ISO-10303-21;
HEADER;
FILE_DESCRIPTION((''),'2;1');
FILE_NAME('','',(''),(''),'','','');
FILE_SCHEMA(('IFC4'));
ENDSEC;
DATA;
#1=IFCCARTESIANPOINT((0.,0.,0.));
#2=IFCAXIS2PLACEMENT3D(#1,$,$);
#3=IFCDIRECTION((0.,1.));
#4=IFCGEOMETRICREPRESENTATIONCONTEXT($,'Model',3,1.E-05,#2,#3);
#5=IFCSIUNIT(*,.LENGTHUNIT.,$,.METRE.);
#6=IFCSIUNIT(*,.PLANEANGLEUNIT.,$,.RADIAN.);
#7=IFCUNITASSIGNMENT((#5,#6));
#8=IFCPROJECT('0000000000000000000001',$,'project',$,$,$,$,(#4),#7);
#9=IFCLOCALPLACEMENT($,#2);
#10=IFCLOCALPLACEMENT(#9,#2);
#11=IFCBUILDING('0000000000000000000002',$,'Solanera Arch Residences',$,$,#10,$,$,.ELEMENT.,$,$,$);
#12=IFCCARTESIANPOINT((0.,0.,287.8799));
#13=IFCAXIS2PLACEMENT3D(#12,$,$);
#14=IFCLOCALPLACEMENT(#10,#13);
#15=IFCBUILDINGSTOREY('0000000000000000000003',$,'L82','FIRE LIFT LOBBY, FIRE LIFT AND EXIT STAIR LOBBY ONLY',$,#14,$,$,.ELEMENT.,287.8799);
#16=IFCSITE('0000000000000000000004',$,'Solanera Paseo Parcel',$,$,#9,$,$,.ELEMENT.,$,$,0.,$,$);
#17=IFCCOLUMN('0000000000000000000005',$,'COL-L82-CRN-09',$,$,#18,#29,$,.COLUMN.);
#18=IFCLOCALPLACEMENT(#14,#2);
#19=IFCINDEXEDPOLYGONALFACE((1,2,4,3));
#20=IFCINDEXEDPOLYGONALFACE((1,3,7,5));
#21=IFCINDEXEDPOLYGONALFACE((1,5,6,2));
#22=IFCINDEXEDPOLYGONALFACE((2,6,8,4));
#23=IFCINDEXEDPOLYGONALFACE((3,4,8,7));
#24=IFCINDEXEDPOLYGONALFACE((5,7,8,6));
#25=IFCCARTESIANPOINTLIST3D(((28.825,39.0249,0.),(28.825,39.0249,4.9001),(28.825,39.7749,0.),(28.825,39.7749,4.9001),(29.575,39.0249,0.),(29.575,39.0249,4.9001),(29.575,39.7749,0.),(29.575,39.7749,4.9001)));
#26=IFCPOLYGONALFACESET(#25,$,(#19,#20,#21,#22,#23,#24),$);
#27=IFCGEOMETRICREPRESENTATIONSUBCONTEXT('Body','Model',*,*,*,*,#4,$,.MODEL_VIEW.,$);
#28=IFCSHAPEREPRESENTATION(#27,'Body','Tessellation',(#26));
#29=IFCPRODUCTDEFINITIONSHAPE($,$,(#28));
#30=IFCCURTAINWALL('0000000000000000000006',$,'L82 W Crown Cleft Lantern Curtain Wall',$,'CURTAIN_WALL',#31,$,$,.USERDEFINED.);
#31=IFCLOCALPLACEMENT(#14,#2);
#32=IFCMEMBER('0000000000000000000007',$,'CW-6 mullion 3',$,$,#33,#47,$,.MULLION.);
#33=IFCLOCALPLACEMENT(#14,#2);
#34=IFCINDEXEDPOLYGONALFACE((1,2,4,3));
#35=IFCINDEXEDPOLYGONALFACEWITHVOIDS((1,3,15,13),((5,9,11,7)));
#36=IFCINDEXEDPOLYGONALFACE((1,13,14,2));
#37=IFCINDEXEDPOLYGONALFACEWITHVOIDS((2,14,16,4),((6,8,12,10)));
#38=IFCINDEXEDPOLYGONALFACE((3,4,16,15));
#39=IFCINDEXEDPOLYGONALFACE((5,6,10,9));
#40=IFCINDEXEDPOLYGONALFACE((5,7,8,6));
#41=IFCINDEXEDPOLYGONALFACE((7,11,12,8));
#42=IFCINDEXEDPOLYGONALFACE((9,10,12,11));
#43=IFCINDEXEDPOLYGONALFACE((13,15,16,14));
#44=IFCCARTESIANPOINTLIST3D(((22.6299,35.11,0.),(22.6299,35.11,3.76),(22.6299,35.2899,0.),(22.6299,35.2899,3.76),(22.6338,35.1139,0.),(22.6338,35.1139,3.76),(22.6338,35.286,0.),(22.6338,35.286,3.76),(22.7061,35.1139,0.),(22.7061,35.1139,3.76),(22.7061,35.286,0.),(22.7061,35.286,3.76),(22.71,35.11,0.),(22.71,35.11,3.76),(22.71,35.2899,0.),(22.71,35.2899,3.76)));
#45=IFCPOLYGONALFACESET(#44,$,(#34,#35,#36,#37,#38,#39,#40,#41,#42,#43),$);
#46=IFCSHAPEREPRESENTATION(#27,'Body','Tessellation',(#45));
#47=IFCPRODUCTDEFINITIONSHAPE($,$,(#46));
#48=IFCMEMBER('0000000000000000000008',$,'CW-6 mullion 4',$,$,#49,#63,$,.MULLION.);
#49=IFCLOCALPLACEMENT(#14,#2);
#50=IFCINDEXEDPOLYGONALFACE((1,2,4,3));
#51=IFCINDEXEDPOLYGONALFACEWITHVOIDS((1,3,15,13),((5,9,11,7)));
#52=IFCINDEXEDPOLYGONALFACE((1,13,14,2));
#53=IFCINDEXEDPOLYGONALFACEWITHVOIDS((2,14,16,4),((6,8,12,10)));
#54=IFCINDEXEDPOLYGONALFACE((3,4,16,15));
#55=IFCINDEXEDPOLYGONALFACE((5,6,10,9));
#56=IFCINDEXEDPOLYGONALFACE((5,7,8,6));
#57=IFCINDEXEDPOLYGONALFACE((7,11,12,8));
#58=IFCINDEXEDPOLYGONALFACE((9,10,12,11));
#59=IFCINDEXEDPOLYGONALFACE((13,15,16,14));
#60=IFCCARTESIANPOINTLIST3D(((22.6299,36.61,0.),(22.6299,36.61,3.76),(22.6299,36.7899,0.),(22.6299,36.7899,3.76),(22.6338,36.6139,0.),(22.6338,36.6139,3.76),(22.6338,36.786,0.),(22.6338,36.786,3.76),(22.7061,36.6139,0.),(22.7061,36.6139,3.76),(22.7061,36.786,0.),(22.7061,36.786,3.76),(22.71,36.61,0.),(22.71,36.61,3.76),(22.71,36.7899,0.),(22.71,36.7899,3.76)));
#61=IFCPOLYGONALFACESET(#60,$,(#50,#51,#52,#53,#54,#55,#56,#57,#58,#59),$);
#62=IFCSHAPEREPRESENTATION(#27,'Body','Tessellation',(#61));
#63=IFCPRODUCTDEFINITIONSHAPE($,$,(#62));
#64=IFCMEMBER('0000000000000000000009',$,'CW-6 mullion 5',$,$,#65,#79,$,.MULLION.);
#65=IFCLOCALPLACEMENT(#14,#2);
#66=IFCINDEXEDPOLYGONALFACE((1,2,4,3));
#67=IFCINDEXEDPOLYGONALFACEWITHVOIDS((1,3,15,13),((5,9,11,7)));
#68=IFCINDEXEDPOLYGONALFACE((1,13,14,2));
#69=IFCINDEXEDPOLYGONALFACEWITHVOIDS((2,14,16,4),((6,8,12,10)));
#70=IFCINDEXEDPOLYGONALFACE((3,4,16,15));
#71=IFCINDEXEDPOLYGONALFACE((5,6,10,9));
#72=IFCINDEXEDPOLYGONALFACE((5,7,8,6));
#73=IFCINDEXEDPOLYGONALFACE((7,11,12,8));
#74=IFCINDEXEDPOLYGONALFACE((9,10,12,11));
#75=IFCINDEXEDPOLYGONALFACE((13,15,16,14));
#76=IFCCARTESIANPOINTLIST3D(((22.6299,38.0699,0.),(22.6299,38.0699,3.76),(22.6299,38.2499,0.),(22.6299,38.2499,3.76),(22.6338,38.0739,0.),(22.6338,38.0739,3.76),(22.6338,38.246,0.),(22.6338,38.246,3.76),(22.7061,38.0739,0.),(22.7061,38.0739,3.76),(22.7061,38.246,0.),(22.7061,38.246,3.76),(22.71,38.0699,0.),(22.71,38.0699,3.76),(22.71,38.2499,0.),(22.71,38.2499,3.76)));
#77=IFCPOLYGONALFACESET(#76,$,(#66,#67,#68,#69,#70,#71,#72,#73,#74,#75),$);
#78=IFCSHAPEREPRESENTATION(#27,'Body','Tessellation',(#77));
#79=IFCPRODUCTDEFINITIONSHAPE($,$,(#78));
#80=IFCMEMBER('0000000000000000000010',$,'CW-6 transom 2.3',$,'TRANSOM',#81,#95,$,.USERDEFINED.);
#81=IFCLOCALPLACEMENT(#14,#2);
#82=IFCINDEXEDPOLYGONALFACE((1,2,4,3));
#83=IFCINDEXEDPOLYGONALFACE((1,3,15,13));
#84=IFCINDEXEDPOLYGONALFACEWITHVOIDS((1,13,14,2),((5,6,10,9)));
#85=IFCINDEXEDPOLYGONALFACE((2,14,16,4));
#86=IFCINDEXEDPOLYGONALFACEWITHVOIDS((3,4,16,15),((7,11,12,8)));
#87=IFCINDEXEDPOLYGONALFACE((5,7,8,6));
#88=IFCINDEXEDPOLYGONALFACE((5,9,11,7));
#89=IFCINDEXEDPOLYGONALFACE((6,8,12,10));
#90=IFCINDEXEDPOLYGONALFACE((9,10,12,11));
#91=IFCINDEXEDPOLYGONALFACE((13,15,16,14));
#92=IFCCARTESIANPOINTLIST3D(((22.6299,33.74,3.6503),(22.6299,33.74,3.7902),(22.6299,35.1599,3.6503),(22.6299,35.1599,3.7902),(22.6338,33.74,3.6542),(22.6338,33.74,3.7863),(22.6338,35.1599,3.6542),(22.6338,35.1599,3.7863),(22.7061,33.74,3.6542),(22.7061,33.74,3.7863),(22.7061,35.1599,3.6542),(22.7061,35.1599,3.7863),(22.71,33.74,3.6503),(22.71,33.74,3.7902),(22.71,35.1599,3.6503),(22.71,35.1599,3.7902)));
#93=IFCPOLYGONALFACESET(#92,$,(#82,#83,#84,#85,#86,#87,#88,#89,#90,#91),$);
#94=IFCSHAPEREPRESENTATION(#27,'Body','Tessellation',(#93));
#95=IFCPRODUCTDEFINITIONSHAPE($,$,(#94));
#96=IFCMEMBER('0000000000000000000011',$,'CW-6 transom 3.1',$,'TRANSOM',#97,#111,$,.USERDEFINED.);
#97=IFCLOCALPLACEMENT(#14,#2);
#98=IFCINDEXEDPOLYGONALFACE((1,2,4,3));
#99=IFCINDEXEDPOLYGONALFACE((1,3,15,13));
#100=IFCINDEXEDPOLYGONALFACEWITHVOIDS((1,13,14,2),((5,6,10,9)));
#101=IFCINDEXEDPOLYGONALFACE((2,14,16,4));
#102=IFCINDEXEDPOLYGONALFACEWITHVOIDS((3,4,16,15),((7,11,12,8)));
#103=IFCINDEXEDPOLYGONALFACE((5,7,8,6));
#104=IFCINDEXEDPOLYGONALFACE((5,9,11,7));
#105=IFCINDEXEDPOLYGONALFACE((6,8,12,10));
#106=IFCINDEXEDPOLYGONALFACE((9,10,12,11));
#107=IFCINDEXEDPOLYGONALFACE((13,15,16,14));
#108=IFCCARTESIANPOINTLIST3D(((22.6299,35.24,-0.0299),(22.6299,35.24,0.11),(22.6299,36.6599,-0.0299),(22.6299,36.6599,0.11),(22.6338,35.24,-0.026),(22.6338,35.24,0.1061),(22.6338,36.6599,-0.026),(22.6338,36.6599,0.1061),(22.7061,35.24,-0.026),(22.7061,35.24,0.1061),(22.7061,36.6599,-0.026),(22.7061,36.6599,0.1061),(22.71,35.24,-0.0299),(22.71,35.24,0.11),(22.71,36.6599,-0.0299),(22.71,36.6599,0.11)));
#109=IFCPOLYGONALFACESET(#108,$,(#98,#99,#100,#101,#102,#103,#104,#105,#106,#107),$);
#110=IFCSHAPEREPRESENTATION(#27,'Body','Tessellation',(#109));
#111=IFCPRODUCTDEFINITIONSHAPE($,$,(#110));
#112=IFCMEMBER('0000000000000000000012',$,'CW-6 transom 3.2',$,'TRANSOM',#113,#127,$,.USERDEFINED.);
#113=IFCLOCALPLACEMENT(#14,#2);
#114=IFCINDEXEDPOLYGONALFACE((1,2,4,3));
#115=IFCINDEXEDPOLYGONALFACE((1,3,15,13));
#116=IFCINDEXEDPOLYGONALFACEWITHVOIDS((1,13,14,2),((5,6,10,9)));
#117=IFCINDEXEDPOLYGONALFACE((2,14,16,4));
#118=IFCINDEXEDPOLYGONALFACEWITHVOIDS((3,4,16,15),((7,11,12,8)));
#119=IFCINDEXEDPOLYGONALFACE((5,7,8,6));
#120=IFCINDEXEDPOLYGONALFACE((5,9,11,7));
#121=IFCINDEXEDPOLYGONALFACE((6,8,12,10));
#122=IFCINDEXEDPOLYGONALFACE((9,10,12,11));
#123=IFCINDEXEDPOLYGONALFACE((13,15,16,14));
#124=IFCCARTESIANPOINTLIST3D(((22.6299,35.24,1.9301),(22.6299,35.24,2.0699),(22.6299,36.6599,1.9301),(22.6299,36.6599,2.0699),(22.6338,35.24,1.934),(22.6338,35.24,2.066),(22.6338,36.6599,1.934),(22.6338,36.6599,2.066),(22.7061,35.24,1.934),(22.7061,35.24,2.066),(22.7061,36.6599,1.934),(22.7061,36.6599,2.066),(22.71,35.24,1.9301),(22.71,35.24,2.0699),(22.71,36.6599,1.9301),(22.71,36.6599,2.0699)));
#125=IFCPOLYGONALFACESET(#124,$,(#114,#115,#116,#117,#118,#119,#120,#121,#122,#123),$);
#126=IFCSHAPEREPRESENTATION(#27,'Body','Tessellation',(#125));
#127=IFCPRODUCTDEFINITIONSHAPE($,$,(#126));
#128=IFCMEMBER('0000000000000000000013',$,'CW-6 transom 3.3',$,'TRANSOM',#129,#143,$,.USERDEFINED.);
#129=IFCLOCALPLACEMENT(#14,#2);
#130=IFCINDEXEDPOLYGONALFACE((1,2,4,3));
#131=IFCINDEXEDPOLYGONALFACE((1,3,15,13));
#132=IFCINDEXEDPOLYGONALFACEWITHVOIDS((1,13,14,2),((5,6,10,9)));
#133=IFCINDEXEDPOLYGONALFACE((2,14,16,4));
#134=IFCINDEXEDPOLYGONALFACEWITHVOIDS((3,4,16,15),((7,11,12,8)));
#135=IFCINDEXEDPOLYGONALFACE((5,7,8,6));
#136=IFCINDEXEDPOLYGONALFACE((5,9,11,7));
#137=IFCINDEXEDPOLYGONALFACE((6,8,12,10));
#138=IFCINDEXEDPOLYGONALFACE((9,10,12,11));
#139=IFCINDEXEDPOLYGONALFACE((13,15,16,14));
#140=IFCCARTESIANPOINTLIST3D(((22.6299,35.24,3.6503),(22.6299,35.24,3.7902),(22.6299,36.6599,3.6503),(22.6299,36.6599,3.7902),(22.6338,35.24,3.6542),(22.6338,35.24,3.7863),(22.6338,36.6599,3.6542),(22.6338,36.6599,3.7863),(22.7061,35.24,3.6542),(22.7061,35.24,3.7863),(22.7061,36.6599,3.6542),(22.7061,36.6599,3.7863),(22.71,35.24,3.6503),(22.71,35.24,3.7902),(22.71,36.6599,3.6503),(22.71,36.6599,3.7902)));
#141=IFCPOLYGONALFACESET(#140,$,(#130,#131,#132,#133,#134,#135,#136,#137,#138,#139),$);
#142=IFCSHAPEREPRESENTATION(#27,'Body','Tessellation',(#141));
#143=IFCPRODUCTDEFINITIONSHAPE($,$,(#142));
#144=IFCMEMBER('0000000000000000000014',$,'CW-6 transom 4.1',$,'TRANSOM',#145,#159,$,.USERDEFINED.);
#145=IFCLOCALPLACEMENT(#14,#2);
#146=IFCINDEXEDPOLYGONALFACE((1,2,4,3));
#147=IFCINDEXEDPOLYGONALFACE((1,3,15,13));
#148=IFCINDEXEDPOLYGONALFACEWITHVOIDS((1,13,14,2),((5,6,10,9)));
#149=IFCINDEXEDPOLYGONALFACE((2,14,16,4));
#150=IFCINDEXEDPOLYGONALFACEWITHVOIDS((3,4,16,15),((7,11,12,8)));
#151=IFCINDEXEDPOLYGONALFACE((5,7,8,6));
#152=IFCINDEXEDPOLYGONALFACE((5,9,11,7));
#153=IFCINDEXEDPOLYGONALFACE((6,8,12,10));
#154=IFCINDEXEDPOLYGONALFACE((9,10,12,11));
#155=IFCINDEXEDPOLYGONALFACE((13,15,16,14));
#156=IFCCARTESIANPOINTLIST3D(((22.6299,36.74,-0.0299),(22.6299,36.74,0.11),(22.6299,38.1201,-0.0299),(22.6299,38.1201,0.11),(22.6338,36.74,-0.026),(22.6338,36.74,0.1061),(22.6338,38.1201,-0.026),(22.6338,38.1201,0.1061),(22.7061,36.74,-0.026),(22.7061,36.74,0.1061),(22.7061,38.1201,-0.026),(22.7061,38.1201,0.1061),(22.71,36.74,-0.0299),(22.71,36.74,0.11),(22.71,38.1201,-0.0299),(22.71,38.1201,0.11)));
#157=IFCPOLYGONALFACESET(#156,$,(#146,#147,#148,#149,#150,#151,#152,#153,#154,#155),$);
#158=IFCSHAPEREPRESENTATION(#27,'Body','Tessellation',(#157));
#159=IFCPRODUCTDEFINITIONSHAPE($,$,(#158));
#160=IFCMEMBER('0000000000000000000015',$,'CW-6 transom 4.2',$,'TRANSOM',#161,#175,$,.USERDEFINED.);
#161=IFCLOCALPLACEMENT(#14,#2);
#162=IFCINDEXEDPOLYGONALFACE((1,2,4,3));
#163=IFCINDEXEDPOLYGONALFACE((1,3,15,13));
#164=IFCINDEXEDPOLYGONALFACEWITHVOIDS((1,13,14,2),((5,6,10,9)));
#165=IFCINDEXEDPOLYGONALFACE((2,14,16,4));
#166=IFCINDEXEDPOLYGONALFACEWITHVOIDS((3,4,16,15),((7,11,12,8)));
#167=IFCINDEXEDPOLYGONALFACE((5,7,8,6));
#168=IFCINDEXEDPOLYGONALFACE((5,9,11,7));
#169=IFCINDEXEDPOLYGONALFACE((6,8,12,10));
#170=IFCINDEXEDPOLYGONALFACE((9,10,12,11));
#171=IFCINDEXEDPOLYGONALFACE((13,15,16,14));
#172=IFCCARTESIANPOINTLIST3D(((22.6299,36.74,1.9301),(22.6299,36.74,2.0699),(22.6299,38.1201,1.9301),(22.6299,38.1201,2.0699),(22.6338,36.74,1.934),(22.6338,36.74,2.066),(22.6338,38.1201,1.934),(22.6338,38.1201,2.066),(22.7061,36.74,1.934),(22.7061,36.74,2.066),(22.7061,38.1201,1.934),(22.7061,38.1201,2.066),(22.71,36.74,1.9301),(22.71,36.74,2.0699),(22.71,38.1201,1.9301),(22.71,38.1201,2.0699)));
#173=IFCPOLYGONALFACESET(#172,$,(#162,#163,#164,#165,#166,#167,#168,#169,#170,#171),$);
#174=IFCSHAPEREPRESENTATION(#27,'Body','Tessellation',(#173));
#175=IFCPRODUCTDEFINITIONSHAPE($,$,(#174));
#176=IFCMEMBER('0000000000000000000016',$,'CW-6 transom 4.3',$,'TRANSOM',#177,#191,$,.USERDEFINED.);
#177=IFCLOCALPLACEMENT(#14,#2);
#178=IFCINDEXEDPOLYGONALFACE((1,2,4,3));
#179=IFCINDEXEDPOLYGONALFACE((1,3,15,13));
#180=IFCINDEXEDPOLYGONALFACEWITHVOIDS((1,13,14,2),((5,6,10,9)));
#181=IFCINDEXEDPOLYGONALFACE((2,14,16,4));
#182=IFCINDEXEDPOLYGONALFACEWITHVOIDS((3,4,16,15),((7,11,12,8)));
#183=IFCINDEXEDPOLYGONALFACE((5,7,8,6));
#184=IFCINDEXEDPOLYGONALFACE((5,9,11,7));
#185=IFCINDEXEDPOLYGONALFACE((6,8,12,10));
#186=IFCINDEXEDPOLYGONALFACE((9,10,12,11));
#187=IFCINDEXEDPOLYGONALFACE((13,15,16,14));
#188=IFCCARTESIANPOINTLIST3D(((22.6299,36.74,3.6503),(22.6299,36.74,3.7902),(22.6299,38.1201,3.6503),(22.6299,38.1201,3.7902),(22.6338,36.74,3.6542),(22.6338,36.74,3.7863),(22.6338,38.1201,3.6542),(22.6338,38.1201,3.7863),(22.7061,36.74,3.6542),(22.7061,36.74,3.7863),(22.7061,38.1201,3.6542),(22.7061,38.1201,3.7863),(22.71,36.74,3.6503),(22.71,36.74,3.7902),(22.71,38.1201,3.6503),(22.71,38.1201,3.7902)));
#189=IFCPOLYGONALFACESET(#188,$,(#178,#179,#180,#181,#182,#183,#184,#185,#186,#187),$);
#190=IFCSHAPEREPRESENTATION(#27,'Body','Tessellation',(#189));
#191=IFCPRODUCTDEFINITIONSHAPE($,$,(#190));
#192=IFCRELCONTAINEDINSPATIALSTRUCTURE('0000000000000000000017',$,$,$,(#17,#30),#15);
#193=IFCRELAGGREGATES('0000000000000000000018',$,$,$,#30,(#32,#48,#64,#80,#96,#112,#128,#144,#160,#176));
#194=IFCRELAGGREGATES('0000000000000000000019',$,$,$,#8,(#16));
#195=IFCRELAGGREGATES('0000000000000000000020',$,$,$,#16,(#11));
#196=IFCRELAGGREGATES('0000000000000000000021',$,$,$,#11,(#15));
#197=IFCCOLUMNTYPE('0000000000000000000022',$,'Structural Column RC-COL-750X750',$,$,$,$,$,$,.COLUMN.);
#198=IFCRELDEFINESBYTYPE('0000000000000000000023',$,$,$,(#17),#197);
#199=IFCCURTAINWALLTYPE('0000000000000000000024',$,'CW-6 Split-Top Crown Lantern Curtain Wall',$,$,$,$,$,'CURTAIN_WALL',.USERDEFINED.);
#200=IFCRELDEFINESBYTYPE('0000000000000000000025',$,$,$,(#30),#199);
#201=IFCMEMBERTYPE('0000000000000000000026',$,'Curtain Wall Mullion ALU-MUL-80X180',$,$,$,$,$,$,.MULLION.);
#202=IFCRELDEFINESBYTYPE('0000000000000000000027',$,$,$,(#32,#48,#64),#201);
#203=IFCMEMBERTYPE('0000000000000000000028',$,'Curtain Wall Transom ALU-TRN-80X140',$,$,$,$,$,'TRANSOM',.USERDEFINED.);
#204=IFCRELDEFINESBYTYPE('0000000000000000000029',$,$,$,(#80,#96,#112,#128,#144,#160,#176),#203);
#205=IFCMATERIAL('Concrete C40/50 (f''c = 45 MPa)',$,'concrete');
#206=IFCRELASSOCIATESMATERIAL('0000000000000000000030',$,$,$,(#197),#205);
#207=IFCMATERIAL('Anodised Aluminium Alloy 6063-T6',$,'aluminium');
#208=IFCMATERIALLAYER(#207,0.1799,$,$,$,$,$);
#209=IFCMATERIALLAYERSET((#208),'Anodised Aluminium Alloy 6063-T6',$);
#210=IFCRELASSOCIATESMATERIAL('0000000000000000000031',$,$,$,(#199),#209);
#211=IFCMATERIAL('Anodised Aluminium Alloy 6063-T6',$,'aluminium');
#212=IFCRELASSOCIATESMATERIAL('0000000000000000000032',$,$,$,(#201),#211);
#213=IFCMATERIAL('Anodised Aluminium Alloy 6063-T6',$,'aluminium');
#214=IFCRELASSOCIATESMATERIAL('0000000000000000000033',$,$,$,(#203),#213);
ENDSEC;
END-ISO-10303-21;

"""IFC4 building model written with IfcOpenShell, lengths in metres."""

from ifc_helpers import new_model, si_unit, direction, frame, origin, origin_2d, place, context, subcontext, project, spatial, rectangle, hollow_rectangle, extrude, material, layer, layer_set, material_profile, profile_set, type_object, element, aggregate, save


model = new_model("IFC4")

# Units and contexts
model_context = context("Model", 3, precision=1e-05, world=origin(), true_north=direction((0.0, 1.0)))
body_context = subcontext(model_context, "Body", "Model", "MODEL_VIEW")
ifc_project = project(units=[si_unit("LENGTHUNIT", "METRE"), si_unit("PLANEANGLEUNIT", "RADIAN")], contexts=[model_context])

# Site, building, storey
site_placement = place(None, origin())
site = spatial("IfcSite", under=ifc_project, at=site_placement, Name="Solanera Paseo Parcel", CompositionType="ELEMENT", RefElevation=0.0)
building_placement = place(site_placement, origin())
building = spatial("IfcBuilding", under=site, at=building_placement, Name="Solanera Arch Residences", CompositionType="ELEMENT")
storey_placement = place(building_placement, frame((0.0, 0.0, 287.8799)))
storey = spatial("IfcBuildingStorey", under=building, at=storey_placement, Name="L82", Description="FIRE LIFT LOBBY, FIRE LIFT AND EXIT STAIR LOBBY ONLY", CompositionType="ELEMENT", Elevation=287.8799)

# Column
ifc_material_1 = material(Name="Concrete C40/50 (f'c = 45 MPa)", Category="concrete")
ifc_material_profile_1 = material_profile(ifc_material_1, rectangle(XDim=0.75, YDim=0.75, at=origin_2d()))
ifc_profile_set_1 = profile_set([ifc_material_profile_1], Name="Concrete C40/50 (f'c = 45 MPa)")
column_type = type_object("IfcColumnType", Name="Structural Column RC-COL-750X750", PredefinedType="COLUMN", material=ifc_profile_set_1)
column_placement = place(storey_placement, frame((29.2, 39.3999, 0.0), z_axis=(0.0, 0.0, 1.0), x_axis=(1.0, 0.0, 0.0)))
element("IfcColumn", 1, at=column_placement, inside=storey, type_object=column_type, Name="COL-L82-CRN-09", PredefinedType="COLUMN", context=body_context, shape_type="SweptSolid", body=[
    extrude(rectangle(XDim=0.75, YDim=0.75, at=origin_2d()), origin(), (0.0, 0.0, 1.0), 4.9001),
])

# Curtain wall, members
ifc_material_2 = material(Name="Anodised Aluminium Alloy 6063-T6", Category="aluminium")
ifc_layer_1 = layer(ifc_material_2, 0.1799)
ifc_layer_set_1 = layer_set([ifc_layer_1], Name="Anodised Aluminium Alloy 6063-T6")
curtain_wall_type = type_object("IfcCurtainWallType", Name="CW-6 Split-Top Crown Lantern Curtain Wall", ElementType="CURTAIN_WALL", PredefinedType="USERDEFINED", material=ifc_layer_set_1)
curtain_wall_1_placement = place(storey_placement, origin())
curtain_wall_1 = element("IfcCurtainWall", 2, at=curtain_wall_1_placement, inside=storey, type_object=curtain_wall_type, Name="L82 W Crown Cleft Lantern Curtain Wall", ObjectType="CURTAIN_WALL", PredefinedType="USERDEFINED")
ifc_material_3 = material(Name="Anodised Aluminium Alloy 6063-T6", Category="aluminium")
ifc_material_profile_2 = material_profile(ifc_material_3, hollow_rectangle(XDim=0.0801, YDim=0.1799, WallThickness=0.0039, at=origin_2d()))
ifc_profile_set_2 = profile_set([ifc_material_profile_2], Name="Anodised Aluminium Alloy 6063-T6")
member_type_1 = type_object("IfcMemberType", Name="Curtain Wall Mullion ALU-MUL-80X180", PredefinedType="MULLION", material=ifc_profile_set_2)
member_1_placement = place(storey_placement, frame((22.6699, 35.2, 0.0), z_axis=(0.0, 0.0, 1.0), x_axis=(-1.0, 0.0, 0.0)))
member_1 = element("IfcMember", 3, at=member_1_placement, type_object=member_type_1, Name="CW-6 mullion 3", PredefinedType="MULLION", context=body_context, shape_type="SweptSolid", body=[
    extrude(hollow_rectangle(XDim=0.0801, YDim=0.1799, WallThickness=0.0039, at=origin_2d()), origin(), (0.0, 0.0, 1.0), 3.76),
])
member_2_placement = place(storey_placement, frame((22.6699, 36.7, 0.0), z_axis=(0.0, 0.0, 1.0), x_axis=(-1.0, 0.0, 0.0)))
member_2 = element("IfcMember", 4, at=member_2_placement, type_object=member_type_1, Name="CW-6 mullion 4", PredefinedType="MULLION", context=body_context, shape_type="SweptSolid", body=[
    extrude(hollow_rectangle(XDim=0.0801, YDim=0.1799, WallThickness=0.0039, at=origin_2d()), origin(), (0.0, 0.0, 1.0), 3.76),
])
member_3_placement = place(storey_placement, frame((22.6699, 38.1599, 0.0), z_axis=(0.0, 0.0, 1.0), x_axis=(-1.0, 0.0, 0.0)))
member_3 = element("IfcMember", 5, at=member_3_placement, type_object=member_type_1, Name="CW-6 mullion 5", PredefinedType="MULLION", context=body_context, shape_type="SweptSolid", body=[
    extrude(hollow_rectangle(XDim=0.0801, YDim=0.1799, WallThickness=0.0039, at=origin_2d()), origin(), (0.0, 0.0, 1.0), 3.76),
])
ifc_material_4 = material(Name="Anodised Aluminium Alloy 6063-T6", Category="aluminium")
ifc_material_profile_3 = material_profile(ifc_material_4, hollow_rectangle(XDim=0.0801, YDim=0.1399, WallThickness=0.0039, at=origin_2d()))
ifc_profile_set_3 = profile_set([ifc_material_profile_3], Name="Anodised Aluminium Alloy 6063-T6")
member_type_2 = type_object("IfcMemberType", Name="Curtain Wall Transom ALU-TRN-80X140", ElementType="TRANSOM", PredefinedType="USERDEFINED", material=ifc_profile_set_3)
member_4_placement = place(storey_placement, frame((22.6699, 33.74, 3.7202), z_axis=(0.0, 1.0, 0.0), x_axis=(-1.0, 0.0, 0.0)))
member_4 = element("IfcMember", 6, at=member_4_placement, type_object=member_type_2, Name="CW-6 transom 2.3", ObjectType="TRANSOM", PredefinedType="USERDEFINED", context=body_context, shape_type="SweptSolid", body=[
    extrude(hollow_rectangle(XDim=0.0801, YDim=0.1399, WallThickness=0.0039, at=origin_2d()), origin(), (0.0, 0.0, 1.0), 1.4199),
])
member_5_placement = place(storey_placement, frame((22.6699, 35.24, 0.04), z_axis=(0.0, 1.0, 0.0), x_axis=(-1.0, 0.0, 0.0)))
member_5 = element("IfcMember", 7, at=member_5_placement, type_object=member_type_2, Name="CW-6 transom 3.1", ObjectType="TRANSOM", PredefinedType="USERDEFINED", context=body_context, shape_type="SweptSolid", body=[
    extrude(hollow_rectangle(XDim=0.0801, YDim=0.1399, WallThickness=0.0039, at=origin_2d()), origin(), (0.0, 0.0, 1.0), 1.4199),
])
member_6_placement = place(storey_placement, frame((22.6699, 35.24, 2.0), z_axis=(0.0, 1.0, 0.0), x_axis=(-1.0, 0.0, 0.0)))
member_6 = element("IfcMember", 8, at=member_6_placement, type_object=member_type_2, Name="CW-6 transom 3.2", ObjectType="TRANSOM", PredefinedType="USERDEFINED", context=body_context, shape_type="SweptSolid", body=[
    extrude(hollow_rectangle(XDim=0.0801, YDim=0.1399, WallThickness=0.0039, at=origin_2d()), origin(), (0.0, 0.0, 1.0), 1.4199),
])
member_7_placement = place(storey_placement, frame((22.6699, 35.24, 3.7202), z_axis=(0.0, 1.0, 0.0), x_axis=(-1.0, 0.0, 0.0)))
member_7 = element("IfcMember", 9, at=member_7_placement, type_object=member_type_2, Name="CW-6 transom 3.3", ObjectType="TRANSOM", PredefinedType="USERDEFINED", context=body_context, shape_type="SweptSolid", body=[
    extrude(hollow_rectangle(XDim=0.0801, YDim=0.1399, WallThickness=0.0039, at=origin_2d()), origin(), (0.0, 0.0, 1.0), 1.4199),
])
member_8_placement = place(storey_placement, frame((22.6699, 36.74, 0.04), z_axis=(0.0, 1.0, 0.0), x_axis=(-1.0, 0.0, 0.0)))
member_8 = element("IfcMember", 10, at=member_8_placement, type_object=member_type_2, Name="CW-6 transom 4.1", ObjectType="TRANSOM", PredefinedType="USERDEFINED", context=body_context, shape_type="SweptSolid", body=[
    extrude(hollow_rectangle(XDim=0.0801, YDim=0.1399, WallThickness=0.0039, at=origin_2d()), origin(), (0.0, 0.0, 1.0), 1.3801),
])
member_9_placement = place(storey_placement, frame((22.6699, 36.74, 2.0), z_axis=(0.0, 1.0, 0.0), x_axis=(-1.0, 0.0, 0.0)))
member_9 = element("IfcMember", 11, at=member_9_placement, type_object=member_type_2, Name="CW-6 transom 4.2", ObjectType="TRANSOM", PredefinedType="USERDEFINED", context=body_context, shape_type="SweptSolid", body=[
    extrude(hollow_rectangle(XDim=0.0801, YDim=0.1399, WallThickness=0.0039, at=origin_2d()), origin(), (0.0, 0.0, 1.0), 1.3801),
])
member_10_placement = place(storey_placement, frame((22.6699, 36.74, 3.7202), z_axis=(0.0, 1.0, 0.0), x_axis=(-1.0, 0.0, 0.0)))
member_10 = element("IfcMember", 12, at=member_10_placement, type_object=member_type_2, Name="CW-6 transom 4.3", ObjectType="TRANSOM", PredefinedType="USERDEFINED", context=body_context, shape_type="SweptSolid", body=[
    extrude(hollow_rectangle(XDim=0.0801, YDim=0.1399, WallThickness=0.0039, at=origin_2d()), origin(), (0.0, 0.0, 1.0), 1.3801),
])

aggregate(curtain_wall_1, [member_1, member_2, member_3, member_4, member_5, member_6, member_7, member_8, member_9, member_10])

save(model, "model.ifc")
